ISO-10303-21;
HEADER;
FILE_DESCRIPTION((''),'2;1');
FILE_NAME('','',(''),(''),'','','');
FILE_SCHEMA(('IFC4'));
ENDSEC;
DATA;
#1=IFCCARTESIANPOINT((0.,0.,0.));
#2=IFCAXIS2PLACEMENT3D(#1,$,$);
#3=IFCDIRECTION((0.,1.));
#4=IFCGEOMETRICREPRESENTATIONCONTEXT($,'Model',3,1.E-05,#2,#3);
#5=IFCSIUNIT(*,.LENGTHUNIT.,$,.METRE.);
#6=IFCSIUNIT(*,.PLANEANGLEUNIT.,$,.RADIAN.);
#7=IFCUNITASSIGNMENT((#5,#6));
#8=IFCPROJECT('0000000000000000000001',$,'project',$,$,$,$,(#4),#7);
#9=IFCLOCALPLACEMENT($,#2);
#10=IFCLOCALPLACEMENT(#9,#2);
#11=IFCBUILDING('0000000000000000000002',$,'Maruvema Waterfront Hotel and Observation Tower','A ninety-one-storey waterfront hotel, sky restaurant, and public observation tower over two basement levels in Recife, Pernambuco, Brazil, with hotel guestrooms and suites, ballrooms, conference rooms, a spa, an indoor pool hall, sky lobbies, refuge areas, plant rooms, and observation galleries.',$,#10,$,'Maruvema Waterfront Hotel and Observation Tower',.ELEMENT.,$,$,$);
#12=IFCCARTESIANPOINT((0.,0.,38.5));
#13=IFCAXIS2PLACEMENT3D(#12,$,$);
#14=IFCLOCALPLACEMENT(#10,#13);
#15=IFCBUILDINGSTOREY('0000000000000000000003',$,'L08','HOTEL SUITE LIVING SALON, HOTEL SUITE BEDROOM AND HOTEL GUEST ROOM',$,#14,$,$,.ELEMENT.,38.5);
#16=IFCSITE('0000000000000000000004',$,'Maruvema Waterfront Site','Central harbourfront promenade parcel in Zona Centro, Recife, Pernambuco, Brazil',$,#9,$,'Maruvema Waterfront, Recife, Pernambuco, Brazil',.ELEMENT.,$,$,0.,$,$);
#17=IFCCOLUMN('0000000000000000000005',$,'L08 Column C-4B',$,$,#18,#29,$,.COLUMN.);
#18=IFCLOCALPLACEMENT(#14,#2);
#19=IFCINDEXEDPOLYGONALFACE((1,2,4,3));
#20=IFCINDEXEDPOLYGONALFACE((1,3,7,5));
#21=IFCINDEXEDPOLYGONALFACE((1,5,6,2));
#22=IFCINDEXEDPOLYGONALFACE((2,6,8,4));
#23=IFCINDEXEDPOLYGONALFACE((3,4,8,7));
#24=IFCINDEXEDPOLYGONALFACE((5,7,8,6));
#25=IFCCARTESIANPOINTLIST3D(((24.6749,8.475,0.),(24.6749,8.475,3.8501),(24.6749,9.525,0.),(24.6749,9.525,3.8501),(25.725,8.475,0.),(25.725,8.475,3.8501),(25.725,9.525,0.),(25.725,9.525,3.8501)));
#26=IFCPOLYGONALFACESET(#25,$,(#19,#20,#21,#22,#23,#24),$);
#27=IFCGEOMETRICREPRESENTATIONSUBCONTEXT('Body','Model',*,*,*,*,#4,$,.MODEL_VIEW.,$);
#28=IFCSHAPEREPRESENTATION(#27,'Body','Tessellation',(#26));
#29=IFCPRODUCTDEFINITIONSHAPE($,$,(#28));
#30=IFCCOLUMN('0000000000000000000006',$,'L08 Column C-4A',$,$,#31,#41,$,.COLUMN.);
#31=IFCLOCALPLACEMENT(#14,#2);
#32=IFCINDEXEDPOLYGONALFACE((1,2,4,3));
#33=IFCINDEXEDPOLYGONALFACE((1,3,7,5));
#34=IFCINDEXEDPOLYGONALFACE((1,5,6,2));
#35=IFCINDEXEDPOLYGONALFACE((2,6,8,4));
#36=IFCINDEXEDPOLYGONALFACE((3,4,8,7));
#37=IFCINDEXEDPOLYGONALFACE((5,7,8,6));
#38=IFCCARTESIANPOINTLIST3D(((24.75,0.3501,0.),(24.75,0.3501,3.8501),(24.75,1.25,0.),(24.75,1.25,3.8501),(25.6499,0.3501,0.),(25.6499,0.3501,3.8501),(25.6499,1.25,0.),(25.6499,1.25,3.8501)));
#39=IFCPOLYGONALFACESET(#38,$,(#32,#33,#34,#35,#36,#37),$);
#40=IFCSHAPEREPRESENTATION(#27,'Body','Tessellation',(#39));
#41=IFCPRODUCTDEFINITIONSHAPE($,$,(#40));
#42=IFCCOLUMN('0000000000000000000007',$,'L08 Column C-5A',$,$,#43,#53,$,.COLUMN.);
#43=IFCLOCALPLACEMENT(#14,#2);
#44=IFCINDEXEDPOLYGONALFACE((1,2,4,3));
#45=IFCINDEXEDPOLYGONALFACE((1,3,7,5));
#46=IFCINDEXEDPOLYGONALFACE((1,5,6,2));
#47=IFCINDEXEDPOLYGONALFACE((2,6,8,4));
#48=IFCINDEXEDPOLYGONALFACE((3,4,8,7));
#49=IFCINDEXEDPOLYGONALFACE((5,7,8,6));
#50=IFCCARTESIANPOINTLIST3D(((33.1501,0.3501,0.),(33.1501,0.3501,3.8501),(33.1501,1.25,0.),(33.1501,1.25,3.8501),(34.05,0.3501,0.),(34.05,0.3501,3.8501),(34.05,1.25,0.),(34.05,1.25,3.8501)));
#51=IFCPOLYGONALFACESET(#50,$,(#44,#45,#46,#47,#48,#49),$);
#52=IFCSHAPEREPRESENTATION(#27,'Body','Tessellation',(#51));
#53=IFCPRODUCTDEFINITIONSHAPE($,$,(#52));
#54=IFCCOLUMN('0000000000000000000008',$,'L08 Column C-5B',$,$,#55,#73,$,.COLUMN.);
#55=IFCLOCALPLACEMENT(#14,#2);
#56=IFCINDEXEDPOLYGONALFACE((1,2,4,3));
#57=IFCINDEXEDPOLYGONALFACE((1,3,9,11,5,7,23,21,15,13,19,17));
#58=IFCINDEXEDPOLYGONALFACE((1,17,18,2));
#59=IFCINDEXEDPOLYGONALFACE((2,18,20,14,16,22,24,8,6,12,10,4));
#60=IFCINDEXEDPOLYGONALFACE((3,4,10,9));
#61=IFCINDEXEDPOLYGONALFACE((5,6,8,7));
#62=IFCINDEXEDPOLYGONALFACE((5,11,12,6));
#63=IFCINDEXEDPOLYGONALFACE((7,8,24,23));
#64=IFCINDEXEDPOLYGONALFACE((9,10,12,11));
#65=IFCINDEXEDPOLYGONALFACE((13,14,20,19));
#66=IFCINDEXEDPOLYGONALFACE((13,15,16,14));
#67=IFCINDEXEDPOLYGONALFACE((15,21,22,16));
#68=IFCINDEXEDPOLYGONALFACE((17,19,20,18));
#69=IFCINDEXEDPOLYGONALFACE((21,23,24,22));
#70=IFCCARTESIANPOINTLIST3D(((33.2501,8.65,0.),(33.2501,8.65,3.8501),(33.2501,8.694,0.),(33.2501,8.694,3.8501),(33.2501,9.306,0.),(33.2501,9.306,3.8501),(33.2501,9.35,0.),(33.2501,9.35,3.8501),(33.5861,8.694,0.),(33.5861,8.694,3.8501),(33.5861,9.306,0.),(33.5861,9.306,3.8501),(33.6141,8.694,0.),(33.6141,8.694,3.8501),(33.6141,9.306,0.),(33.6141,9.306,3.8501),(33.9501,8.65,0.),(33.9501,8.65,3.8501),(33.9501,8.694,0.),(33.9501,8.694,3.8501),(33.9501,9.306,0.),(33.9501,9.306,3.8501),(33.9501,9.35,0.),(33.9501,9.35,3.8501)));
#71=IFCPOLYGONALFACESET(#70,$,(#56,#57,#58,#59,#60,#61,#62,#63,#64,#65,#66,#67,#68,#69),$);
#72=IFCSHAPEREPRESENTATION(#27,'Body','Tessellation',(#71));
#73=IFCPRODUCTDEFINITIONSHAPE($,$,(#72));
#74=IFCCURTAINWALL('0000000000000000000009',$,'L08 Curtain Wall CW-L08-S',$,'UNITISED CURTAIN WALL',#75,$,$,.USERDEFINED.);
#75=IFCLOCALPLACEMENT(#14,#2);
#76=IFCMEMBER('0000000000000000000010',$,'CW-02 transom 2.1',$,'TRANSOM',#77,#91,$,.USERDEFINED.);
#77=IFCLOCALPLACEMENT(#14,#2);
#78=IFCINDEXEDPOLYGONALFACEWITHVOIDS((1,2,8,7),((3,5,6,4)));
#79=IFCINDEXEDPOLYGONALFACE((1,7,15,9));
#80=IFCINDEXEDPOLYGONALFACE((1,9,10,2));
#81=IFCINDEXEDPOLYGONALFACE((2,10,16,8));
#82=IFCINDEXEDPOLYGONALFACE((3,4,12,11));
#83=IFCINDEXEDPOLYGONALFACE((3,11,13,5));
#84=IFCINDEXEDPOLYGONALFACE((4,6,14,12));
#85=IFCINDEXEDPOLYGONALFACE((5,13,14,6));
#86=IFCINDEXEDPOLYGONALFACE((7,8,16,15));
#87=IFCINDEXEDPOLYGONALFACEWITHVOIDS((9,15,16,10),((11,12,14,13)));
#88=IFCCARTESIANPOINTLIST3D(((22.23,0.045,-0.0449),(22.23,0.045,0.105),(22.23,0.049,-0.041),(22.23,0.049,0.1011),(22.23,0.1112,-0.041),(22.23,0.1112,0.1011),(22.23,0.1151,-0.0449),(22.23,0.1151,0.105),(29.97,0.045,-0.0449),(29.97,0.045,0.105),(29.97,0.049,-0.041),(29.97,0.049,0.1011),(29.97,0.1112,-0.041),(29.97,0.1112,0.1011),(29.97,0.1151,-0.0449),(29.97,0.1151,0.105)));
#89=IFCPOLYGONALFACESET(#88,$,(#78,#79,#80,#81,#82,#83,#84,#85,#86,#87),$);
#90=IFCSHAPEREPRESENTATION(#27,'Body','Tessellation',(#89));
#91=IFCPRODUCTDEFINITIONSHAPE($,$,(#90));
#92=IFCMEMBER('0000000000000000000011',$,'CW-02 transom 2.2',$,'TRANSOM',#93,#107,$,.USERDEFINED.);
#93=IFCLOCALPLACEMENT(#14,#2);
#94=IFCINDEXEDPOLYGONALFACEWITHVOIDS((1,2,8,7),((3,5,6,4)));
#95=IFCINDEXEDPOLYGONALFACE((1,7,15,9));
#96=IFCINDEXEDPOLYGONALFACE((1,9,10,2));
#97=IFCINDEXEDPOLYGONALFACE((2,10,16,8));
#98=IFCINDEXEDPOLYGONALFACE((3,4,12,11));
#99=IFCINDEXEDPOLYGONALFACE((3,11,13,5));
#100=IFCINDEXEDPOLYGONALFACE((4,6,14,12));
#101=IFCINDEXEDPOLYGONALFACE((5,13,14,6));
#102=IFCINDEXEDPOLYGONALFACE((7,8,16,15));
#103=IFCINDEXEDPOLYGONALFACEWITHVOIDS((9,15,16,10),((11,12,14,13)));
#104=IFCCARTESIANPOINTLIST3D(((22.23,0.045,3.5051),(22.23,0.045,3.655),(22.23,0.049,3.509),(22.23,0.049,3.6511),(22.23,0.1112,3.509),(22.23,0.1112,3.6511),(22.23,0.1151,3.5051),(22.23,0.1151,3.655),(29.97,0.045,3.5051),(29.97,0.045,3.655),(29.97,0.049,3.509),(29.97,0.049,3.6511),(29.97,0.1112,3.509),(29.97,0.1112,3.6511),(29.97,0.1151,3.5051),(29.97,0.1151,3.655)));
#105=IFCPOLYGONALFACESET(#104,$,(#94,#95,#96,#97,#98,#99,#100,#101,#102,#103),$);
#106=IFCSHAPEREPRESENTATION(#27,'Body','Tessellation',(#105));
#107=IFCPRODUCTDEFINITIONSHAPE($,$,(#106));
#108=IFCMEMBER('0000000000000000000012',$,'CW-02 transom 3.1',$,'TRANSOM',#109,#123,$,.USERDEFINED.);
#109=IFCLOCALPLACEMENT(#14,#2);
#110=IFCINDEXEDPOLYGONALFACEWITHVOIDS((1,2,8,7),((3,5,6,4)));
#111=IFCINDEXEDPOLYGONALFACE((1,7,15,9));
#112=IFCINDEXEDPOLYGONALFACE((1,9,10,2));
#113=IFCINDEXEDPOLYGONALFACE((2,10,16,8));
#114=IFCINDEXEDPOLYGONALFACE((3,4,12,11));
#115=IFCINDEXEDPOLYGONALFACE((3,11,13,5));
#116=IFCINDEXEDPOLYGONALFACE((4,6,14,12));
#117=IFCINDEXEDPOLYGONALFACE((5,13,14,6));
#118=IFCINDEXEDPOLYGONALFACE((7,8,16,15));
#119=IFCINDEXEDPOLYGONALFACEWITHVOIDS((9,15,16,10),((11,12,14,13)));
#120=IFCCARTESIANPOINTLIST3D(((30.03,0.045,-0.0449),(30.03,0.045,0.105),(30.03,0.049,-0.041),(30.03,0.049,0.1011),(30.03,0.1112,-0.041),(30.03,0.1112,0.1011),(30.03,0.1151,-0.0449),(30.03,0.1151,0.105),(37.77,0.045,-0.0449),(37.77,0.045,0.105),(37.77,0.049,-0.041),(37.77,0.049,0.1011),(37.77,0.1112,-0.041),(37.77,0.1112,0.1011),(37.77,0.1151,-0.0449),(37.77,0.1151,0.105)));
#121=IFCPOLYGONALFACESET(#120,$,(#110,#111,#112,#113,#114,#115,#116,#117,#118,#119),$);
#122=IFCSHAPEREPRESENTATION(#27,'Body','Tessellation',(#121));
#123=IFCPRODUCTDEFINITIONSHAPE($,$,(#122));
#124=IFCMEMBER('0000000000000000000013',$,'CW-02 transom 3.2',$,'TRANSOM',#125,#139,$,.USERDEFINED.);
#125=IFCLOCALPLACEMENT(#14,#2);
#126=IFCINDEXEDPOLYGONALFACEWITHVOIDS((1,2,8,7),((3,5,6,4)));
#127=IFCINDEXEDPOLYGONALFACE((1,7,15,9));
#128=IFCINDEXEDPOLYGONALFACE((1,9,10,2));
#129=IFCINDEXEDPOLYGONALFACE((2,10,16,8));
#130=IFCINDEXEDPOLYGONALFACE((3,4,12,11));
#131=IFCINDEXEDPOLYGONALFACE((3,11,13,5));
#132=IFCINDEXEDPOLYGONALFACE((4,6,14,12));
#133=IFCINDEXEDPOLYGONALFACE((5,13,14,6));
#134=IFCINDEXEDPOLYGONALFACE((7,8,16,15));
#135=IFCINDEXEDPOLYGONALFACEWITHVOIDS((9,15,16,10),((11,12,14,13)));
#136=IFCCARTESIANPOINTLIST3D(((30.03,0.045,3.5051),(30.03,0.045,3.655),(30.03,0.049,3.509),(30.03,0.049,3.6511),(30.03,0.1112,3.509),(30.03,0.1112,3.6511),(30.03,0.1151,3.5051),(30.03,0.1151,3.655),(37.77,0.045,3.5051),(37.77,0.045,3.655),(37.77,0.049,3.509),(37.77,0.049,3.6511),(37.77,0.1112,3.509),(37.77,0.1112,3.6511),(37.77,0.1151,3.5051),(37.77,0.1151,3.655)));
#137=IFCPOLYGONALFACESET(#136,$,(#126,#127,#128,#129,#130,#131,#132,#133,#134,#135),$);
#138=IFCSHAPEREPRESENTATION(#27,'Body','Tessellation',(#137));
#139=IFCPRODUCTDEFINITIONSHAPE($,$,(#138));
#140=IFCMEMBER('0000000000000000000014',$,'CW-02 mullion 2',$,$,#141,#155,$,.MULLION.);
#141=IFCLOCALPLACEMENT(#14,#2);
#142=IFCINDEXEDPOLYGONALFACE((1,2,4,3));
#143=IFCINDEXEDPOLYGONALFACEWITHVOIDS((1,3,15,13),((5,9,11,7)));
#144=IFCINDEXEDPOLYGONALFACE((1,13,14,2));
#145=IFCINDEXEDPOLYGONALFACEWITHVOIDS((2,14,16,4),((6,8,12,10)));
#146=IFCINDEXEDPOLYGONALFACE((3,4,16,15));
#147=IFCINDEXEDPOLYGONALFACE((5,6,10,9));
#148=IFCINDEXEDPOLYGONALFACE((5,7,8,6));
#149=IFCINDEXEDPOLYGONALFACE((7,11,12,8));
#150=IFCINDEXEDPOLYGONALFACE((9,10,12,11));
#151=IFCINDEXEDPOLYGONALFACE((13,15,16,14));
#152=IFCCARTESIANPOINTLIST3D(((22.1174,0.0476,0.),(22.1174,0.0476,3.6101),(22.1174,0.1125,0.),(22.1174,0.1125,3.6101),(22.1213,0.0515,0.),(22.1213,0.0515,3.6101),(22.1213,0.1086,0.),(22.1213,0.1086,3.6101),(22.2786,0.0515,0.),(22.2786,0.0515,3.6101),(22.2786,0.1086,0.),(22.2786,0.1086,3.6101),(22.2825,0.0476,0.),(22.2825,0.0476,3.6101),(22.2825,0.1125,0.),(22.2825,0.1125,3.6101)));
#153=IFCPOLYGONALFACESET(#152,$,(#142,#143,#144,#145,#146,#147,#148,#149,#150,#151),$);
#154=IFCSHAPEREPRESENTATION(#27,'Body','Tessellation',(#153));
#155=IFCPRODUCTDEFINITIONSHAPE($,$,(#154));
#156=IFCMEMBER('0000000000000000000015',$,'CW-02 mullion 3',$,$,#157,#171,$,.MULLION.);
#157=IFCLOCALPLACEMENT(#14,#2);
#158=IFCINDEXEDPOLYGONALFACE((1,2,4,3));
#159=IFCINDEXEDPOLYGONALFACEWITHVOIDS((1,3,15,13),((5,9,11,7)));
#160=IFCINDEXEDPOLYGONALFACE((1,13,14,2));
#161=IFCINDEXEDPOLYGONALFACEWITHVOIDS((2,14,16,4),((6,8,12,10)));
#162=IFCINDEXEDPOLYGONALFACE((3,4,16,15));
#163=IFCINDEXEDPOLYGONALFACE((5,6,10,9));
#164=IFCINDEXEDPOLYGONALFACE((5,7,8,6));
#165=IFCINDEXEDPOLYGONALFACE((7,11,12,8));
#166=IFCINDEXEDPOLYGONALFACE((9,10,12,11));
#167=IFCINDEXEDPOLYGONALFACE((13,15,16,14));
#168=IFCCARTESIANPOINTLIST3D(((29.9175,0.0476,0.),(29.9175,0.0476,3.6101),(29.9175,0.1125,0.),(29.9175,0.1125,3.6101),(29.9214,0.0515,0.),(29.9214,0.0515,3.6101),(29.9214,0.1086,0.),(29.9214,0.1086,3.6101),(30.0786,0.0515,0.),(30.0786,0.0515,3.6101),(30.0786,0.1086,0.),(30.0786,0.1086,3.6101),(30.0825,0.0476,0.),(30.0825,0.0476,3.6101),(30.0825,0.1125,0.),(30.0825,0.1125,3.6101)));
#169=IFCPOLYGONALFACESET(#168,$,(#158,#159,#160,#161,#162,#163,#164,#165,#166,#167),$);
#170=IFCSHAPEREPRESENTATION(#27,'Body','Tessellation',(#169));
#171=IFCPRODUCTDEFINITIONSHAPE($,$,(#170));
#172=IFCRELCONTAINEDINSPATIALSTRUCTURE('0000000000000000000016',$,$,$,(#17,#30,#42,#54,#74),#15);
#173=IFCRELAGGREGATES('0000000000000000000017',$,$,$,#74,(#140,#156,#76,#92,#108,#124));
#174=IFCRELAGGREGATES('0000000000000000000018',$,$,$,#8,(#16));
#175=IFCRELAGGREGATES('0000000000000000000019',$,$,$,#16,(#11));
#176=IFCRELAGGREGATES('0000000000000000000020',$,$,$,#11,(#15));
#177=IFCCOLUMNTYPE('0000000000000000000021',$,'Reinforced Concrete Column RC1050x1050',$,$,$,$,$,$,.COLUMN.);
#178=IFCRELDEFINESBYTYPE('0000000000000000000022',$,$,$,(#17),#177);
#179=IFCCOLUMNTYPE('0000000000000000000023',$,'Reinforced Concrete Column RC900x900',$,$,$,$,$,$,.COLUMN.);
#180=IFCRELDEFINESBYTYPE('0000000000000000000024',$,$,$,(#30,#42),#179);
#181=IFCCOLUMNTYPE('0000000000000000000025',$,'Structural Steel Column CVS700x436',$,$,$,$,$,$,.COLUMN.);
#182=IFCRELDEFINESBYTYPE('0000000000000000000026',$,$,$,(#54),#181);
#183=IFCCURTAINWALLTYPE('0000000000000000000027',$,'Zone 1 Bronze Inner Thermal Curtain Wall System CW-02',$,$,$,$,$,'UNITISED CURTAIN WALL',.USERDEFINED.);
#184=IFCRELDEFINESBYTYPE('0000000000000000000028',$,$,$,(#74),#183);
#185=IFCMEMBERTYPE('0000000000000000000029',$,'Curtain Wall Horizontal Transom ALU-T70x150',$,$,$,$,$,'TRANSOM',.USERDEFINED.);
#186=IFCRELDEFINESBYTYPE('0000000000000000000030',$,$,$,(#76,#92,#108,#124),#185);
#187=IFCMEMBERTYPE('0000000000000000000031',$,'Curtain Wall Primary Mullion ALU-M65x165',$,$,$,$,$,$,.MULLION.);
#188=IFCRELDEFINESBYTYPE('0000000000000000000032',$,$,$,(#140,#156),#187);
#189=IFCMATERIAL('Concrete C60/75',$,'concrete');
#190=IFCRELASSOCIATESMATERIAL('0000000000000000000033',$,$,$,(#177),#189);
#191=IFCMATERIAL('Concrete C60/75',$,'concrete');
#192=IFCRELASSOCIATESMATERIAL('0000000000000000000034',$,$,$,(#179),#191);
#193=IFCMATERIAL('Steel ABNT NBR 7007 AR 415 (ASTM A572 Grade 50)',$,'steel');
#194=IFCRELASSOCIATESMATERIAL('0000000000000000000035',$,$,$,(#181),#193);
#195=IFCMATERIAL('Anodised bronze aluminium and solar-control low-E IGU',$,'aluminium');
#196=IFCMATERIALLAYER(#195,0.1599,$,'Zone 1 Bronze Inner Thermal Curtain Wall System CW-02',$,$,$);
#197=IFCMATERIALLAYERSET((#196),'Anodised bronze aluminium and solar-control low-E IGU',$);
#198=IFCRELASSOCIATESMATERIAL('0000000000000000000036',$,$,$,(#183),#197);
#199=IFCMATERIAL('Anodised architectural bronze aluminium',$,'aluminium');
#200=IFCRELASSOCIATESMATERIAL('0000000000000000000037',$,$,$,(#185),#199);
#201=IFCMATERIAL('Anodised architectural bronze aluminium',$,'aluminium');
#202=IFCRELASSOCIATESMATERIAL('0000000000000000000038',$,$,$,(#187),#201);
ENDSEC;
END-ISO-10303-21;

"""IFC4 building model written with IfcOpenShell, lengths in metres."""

from ifc_helpers import new_model, si_unit, direction, frame, origin, origin_2d, place, context, subcontext, project, spatial, rectangle, hollow_rectangle, i_section, extrude, material, layer, layer_set, material_profile, profile_set, type_object, element, aggregate, save


model = new_model("IFC4")

# Units and contexts
model_context = context("Model", 3, precision=1e-05, world=origin(), true_north=direction((0.0, 1.0)))
body_context = subcontext(model_context, "Body", "Model", "MODEL_VIEW")
ifc_project = project(units=[si_unit("LENGTHUNIT", "METRE"), si_unit("PLANEANGLEUNIT", "RADIAN")], contexts=[model_context])

# Site, building, storey
site_placement = place(None, origin())
site = spatial("IfcSite", under=ifc_project, at=site_placement, Name="Maruvema Waterfront Site", Description="Central harbourfront promenade parcel in Zona Centro, Recife, Pernambuco, Brazil", LongName="Maruvema Waterfront, Recife, Pernambuco, Brazil", CompositionType="ELEMENT", RefElevation=0.0)
building_placement = place(site_placement, origin())
building = spatial("IfcBuilding", under=site, at=building_placement, Name="Maruvema Waterfront Hotel and Observation Tower", Description="A ninety-one-storey waterfront hotel, sky restaurant, and public observation tower over two basement levels in Recife, Pernambuco, Brazil, with hotel guestrooms and suites, ballrooms, conference rooms, a spa, an indoor pool hall, sky lobbies, refuge areas, plant rooms, and observation galleries.", LongName="Maruvema Waterfront Hotel and Observation Tower", CompositionType="ELEMENT")
storey_placement = place(building_placement, frame((0.0, 0.0, 38.5)))
storey = spatial("IfcBuildingStorey", under=building, at=storey_placement, Name="L08", Description="HOTEL SUITE LIVING SALON, HOTEL SUITE BEDROOM AND HOTEL GUEST ROOM", CompositionType="ELEMENT", Elevation=38.5)

# Columns
ifc_material_1 = material(Name="Concrete C60/75", Category="concrete")
ifc_material_profile_1 = material_profile(ifc_material_1, rectangle(XDim=1.05, YDim=1.05, at=origin_2d()), Name="RC1050x1050")
ifc_profile_set_1 = profile_set([ifc_material_profile_1], Name="Concrete C60/75")
column_type_1 = type_object("IfcColumnType", Name="Reinforced Concrete Column RC1050x1050", PredefinedType="COLUMN", material=ifc_profile_set_1)
column_1_placement = place(storey_placement, frame((25.2, 9.0, 0.0), z_axis=(0.0, 0.0, 1.0), x_axis=(1.0, 0.0, 0.0)))
element("IfcColumn", 1, at=column_1_placement, inside=storey, type_object=column_type_1, Name="L08 Column C-4B", PredefinedType="COLUMN", context=body_context, shape_type="SweptSolid", body=[
    extrude(rectangle(XDim=1.05, YDim=1.05, at=origin_2d()), origin(), (0.0, 0.0, 1.0), 3.8501),
])
ifc_material_2 = material(Name="Concrete C60/75", Category="concrete")
ifc_material_profile_2 = material_profile(ifc_material_2, rectangle(XDim=0.8999, YDim=0.8999, at=origin_2d()), Name="RC900x900")
ifc_profile_set_2 = profile_set([ifc_material_profile_2], Name="Concrete C60/75")
column_type_2 = type_object("IfcColumnType", Name="Reinforced Concrete Column RC900x900", PredefinedType="COLUMN", material=ifc_profile_set_2)
for number, where, z_axis, x_axis, name in (
    (2, (25.2, 0.8, 0.0), (0.0, 0.0, 1.0), (1.0, 0.0, 0.0), "L08 Column C-4A"),
    (3, (33.6001, 0.8, 0.0), (0.0, 0.0, 1.0), (1.0, 0.0, 0.0), "L08 Column C-5A"),
):
    element("IfcColumn", number, at=place(storey_placement, frame(where, z_axis=z_axis, x_axis=x_axis)), inside=storey, type_object=column_type_2, Name=name, PredefinedType="COLUMN", context=body_context, shape_type="SweptSolid", body=[
        extrude(rectangle(XDim=0.8999, YDim=0.8999, at=origin_2d()), origin(), (0.0, 0.0, 1.0), 3.8501),
    ])
ifc_material_3 = material(Name="Steel ABNT NBR 7007 AR 415 (ASTM A572 Grade 50)", Category="steel")
ifc_material_profile_3 = material_profile(ifc_material_3, i_section(OverallWidth=0.7, OverallDepth=0.7, WebThickness=0.0281, FlangeThickness=0.0439, at=origin_2d()), Name="CVS700x436")
ifc_profile_set_3 = profile_set([ifc_material_profile_3], Name="Steel ABNT NBR 7007 AR 415 (ASTM A572 Grade 50)")
column_type_3 = type_object("IfcColumnType", Name="Structural Steel Column CVS700x436", PredefinedType="COLUMN", material=ifc_profile_set_3)
column_2_placement = place(storey_placement, frame((33.6001, 9.0, 0.0), z_axis=(0.0, 0.0, 1.0), x_axis=(1.0, 0.0, 0.0)))
element("IfcColumn", 4, at=column_2_placement, inside=storey, type_object=column_type_3, Name="L08 Column C-5B", PredefinedType="COLUMN", context=body_context, shape_type="SweptSolid", body=[
    extrude(i_section(OverallWidth=0.7, OverallDepth=0.7, WebThickness=0.0281, FlangeThickness=0.0439, at=origin_2d()), origin(), (0.0, 0.0, 1.0), 3.8501),
])

# Curtain wall, members
ifc_material_4 = material(Name="Anodised bronze aluminium and solar-control low-E IGU", Category="aluminium")
ifc_layer_1 = layer(ifc_material_4, 0.1599, Name="Zone 1 Bronze Inner Thermal Curtain Wall System CW-02")
ifc_layer_set_1 = layer_set([ifc_layer_1], Name="Anodised bronze aluminium and solar-control low-E IGU")
curtain_wall_type = type_object("IfcCurtainWallType", Name="Zone 1 Bronze Inner Thermal Curtain Wall System CW-02", ElementType="UNITISED CURTAIN WALL", PredefinedType="USERDEFINED", material=ifc_layer_set_1)
curtain_wall_placement = place(storey_placement, origin())
curtain_wall = element("IfcCurtainWall", 5, at=curtain_wall_placement, inside=storey, type_object=curtain_wall_type, Name="L08 Curtain Wall CW-L08-S", ObjectType="UNITISED CURTAIN WALL", PredefinedType="USERDEFINED")
ifc_material_5 = material(Name="Anodised architectural bronze aluminium", Category="aluminium")
ifc_material_profile_4 = material_profile(ifc_material_5, hollow_rectangle(XDim=0.0701, YDim=0.1499, WallThickness=0.0039, at=origin_2d()), Name="ALU-T70x150")
ifc_profile_set_4 = profile_set([ifc_material_profile_4], Name="Anodised architectural bronze aluminium")
member_type_1 = type_object("IfcMemberType", Name="Curtain Wall Horizontal Transom ALU-T70x150", ElementType="TRANSOM", PredefinedType="USERDEFINED", material=ifc_profile_set_4)
member_1_placement = place(storey_placement, frame((22.23, 0.0801, 0.03), z_axis=(1.0, 0.0, 0.0), x_axis=(0.0, 1.0, 0.0)))
member_1 = element("IfcMember", 6, at=member_1_placement, type_object=member_type_1, Name="CW-02 transom 2.1", ObjectType="TRANSOM", PredefinedType="USERDEFINED", context=body_context, shape_type="SweptSolid", body=[
    extrude(hollow_rectangle(XDim=0.0701, YDim=0.1499, WallThickness=0.0039, at=origin_2d()), origin(), (0.0, 0.0, 1.0), 7.74),
])
member_2_placement = place(storey_placement, frame((22.23, 0.0801, 3.5801), z_axis=(1.0, 0.0, 0.0), x_axis=(0.0, 1.0, 0.0)))
member_2 = element("IfcMember", 7, at=member_2_placement, type_object=member_type_1, Name="CW-02 transom 2.2", ObjectType="TRANSOM", PredefinedType="USERDEFINED", context=body_context, shape_type="SweptSolid", body=[
    extrude(hollow_rectangle(XDim=0.0701, YDim=0.1499, WallThickness=0.0039, at=origin_2d()), origin(), (0.0, 0.0, 1.0), 7.74),
])
member_3_placement = place(storey_placement, frame((30.03, 0.0801, 0.03), z_axis=(1.0, 0.0, 0.0), x_axis=(0.0, 1.0, 0.0)))
member_3 = element("IfcMember", 8, at=member_3_placement, type_object=member_type_1, Name="CW-02 transom 3.1", ObjectType="TRANSOM", PredefinedType="USERDEFINED", context=body_context, shape_type="SweptSolid", body=[
    extrude(hollow_rectangle(XDim=0.0701, YDim=0.1499, WallThickness=0.0039, at=origin_2d()), origin(), (0.0, 0.0, 1.0), 7.74),
])
member_4_placement = place(storey_placement, frame((30.03, 0.0801, 3.5801), z_axis=(1.0, 0.0, 0.0), x_axis=(0.0, 1.0, 0.0)))
member_4 = element("IfcMember", 9, at=member_4_placement, type_object=member_type_1, Name="CW-02 transom 3.2", ObjectType="TRANSOM", PredefinedType="USERDEFINED", context=body_context, shape_type="SweptSolid", body=[
    extrude(hollow_rectangle(XDim=0.0701, YDim=0.1499, WallThickness=0.0039, at=origin_2d()), origin(), (0.0, 0.0, 1.0), 7.74),
])
ifc_material_6 = material(Name="Anodised architectural bronze aluminium", Category="aluminium")
ifc_material_profile_5 = material_profile(ifc_material_6, hollow_rectangle(XDim=0.0649, YDim=0.165, WallThickness=0.0039, at=origin_2d()), Name="ALU-M65x165")
ifc_profile_set_5 = profile_set([ifc_material_profile_5], Name="Anodised architectural bronze aluminium")
member_type_2 = type_object("IfcMemberType", Name="Curtain Wall Primary Mullion ALU-M65x165", PredefinedType="MULLION", material=ifc_profile_set_5)
member_5_placement = place(storey_placement, frame((22.2, 0.0801, 0.0), z_axis=(0.0, 0.0, 1.0), x_axis=(0.0, 1.0, 0.0)))
member_5 = element("IfcMember", 10, at=member_5_placement, type_object=member_type_2, Name="CW-02 mullion 2", PredefinedType="MULLION", context=body_context, shape_type="SweptSolid", body=[
    extrude(hollow_rectangle(XDim=0.0649, YDim=0.165, WallThickness=0.0039, at=origin_2d()), origin(), (0.0, 0.0, 1.0), 3.6101),
])
member_6_placement = place(storey_placement, frame((30.0, 0.0801, 0.0), z_axis=(0.0, 0.0, 1.0), x_axis=(0.0, 1.0, 0.0)))
member_6 = element("IfcMember", 11, at=member_6_placement, type_object=member_type_2, Name="CW-02 mullion 3", PredefinedType="MULLION", context=body_context, shape_type="SweptSolid", body=[
    extrude(hollow_rectangle(XDim=0.0649, YDim=0.165, WallThickness=0.0039, at=origin_2d()), origin(), (0.0, 0.0, 1.0), 3.6101),
])

aggregate(curtain_wall, [member_5, member_6, member_1, member_2, member_3, member_4])

save(model, "model.ifc")
